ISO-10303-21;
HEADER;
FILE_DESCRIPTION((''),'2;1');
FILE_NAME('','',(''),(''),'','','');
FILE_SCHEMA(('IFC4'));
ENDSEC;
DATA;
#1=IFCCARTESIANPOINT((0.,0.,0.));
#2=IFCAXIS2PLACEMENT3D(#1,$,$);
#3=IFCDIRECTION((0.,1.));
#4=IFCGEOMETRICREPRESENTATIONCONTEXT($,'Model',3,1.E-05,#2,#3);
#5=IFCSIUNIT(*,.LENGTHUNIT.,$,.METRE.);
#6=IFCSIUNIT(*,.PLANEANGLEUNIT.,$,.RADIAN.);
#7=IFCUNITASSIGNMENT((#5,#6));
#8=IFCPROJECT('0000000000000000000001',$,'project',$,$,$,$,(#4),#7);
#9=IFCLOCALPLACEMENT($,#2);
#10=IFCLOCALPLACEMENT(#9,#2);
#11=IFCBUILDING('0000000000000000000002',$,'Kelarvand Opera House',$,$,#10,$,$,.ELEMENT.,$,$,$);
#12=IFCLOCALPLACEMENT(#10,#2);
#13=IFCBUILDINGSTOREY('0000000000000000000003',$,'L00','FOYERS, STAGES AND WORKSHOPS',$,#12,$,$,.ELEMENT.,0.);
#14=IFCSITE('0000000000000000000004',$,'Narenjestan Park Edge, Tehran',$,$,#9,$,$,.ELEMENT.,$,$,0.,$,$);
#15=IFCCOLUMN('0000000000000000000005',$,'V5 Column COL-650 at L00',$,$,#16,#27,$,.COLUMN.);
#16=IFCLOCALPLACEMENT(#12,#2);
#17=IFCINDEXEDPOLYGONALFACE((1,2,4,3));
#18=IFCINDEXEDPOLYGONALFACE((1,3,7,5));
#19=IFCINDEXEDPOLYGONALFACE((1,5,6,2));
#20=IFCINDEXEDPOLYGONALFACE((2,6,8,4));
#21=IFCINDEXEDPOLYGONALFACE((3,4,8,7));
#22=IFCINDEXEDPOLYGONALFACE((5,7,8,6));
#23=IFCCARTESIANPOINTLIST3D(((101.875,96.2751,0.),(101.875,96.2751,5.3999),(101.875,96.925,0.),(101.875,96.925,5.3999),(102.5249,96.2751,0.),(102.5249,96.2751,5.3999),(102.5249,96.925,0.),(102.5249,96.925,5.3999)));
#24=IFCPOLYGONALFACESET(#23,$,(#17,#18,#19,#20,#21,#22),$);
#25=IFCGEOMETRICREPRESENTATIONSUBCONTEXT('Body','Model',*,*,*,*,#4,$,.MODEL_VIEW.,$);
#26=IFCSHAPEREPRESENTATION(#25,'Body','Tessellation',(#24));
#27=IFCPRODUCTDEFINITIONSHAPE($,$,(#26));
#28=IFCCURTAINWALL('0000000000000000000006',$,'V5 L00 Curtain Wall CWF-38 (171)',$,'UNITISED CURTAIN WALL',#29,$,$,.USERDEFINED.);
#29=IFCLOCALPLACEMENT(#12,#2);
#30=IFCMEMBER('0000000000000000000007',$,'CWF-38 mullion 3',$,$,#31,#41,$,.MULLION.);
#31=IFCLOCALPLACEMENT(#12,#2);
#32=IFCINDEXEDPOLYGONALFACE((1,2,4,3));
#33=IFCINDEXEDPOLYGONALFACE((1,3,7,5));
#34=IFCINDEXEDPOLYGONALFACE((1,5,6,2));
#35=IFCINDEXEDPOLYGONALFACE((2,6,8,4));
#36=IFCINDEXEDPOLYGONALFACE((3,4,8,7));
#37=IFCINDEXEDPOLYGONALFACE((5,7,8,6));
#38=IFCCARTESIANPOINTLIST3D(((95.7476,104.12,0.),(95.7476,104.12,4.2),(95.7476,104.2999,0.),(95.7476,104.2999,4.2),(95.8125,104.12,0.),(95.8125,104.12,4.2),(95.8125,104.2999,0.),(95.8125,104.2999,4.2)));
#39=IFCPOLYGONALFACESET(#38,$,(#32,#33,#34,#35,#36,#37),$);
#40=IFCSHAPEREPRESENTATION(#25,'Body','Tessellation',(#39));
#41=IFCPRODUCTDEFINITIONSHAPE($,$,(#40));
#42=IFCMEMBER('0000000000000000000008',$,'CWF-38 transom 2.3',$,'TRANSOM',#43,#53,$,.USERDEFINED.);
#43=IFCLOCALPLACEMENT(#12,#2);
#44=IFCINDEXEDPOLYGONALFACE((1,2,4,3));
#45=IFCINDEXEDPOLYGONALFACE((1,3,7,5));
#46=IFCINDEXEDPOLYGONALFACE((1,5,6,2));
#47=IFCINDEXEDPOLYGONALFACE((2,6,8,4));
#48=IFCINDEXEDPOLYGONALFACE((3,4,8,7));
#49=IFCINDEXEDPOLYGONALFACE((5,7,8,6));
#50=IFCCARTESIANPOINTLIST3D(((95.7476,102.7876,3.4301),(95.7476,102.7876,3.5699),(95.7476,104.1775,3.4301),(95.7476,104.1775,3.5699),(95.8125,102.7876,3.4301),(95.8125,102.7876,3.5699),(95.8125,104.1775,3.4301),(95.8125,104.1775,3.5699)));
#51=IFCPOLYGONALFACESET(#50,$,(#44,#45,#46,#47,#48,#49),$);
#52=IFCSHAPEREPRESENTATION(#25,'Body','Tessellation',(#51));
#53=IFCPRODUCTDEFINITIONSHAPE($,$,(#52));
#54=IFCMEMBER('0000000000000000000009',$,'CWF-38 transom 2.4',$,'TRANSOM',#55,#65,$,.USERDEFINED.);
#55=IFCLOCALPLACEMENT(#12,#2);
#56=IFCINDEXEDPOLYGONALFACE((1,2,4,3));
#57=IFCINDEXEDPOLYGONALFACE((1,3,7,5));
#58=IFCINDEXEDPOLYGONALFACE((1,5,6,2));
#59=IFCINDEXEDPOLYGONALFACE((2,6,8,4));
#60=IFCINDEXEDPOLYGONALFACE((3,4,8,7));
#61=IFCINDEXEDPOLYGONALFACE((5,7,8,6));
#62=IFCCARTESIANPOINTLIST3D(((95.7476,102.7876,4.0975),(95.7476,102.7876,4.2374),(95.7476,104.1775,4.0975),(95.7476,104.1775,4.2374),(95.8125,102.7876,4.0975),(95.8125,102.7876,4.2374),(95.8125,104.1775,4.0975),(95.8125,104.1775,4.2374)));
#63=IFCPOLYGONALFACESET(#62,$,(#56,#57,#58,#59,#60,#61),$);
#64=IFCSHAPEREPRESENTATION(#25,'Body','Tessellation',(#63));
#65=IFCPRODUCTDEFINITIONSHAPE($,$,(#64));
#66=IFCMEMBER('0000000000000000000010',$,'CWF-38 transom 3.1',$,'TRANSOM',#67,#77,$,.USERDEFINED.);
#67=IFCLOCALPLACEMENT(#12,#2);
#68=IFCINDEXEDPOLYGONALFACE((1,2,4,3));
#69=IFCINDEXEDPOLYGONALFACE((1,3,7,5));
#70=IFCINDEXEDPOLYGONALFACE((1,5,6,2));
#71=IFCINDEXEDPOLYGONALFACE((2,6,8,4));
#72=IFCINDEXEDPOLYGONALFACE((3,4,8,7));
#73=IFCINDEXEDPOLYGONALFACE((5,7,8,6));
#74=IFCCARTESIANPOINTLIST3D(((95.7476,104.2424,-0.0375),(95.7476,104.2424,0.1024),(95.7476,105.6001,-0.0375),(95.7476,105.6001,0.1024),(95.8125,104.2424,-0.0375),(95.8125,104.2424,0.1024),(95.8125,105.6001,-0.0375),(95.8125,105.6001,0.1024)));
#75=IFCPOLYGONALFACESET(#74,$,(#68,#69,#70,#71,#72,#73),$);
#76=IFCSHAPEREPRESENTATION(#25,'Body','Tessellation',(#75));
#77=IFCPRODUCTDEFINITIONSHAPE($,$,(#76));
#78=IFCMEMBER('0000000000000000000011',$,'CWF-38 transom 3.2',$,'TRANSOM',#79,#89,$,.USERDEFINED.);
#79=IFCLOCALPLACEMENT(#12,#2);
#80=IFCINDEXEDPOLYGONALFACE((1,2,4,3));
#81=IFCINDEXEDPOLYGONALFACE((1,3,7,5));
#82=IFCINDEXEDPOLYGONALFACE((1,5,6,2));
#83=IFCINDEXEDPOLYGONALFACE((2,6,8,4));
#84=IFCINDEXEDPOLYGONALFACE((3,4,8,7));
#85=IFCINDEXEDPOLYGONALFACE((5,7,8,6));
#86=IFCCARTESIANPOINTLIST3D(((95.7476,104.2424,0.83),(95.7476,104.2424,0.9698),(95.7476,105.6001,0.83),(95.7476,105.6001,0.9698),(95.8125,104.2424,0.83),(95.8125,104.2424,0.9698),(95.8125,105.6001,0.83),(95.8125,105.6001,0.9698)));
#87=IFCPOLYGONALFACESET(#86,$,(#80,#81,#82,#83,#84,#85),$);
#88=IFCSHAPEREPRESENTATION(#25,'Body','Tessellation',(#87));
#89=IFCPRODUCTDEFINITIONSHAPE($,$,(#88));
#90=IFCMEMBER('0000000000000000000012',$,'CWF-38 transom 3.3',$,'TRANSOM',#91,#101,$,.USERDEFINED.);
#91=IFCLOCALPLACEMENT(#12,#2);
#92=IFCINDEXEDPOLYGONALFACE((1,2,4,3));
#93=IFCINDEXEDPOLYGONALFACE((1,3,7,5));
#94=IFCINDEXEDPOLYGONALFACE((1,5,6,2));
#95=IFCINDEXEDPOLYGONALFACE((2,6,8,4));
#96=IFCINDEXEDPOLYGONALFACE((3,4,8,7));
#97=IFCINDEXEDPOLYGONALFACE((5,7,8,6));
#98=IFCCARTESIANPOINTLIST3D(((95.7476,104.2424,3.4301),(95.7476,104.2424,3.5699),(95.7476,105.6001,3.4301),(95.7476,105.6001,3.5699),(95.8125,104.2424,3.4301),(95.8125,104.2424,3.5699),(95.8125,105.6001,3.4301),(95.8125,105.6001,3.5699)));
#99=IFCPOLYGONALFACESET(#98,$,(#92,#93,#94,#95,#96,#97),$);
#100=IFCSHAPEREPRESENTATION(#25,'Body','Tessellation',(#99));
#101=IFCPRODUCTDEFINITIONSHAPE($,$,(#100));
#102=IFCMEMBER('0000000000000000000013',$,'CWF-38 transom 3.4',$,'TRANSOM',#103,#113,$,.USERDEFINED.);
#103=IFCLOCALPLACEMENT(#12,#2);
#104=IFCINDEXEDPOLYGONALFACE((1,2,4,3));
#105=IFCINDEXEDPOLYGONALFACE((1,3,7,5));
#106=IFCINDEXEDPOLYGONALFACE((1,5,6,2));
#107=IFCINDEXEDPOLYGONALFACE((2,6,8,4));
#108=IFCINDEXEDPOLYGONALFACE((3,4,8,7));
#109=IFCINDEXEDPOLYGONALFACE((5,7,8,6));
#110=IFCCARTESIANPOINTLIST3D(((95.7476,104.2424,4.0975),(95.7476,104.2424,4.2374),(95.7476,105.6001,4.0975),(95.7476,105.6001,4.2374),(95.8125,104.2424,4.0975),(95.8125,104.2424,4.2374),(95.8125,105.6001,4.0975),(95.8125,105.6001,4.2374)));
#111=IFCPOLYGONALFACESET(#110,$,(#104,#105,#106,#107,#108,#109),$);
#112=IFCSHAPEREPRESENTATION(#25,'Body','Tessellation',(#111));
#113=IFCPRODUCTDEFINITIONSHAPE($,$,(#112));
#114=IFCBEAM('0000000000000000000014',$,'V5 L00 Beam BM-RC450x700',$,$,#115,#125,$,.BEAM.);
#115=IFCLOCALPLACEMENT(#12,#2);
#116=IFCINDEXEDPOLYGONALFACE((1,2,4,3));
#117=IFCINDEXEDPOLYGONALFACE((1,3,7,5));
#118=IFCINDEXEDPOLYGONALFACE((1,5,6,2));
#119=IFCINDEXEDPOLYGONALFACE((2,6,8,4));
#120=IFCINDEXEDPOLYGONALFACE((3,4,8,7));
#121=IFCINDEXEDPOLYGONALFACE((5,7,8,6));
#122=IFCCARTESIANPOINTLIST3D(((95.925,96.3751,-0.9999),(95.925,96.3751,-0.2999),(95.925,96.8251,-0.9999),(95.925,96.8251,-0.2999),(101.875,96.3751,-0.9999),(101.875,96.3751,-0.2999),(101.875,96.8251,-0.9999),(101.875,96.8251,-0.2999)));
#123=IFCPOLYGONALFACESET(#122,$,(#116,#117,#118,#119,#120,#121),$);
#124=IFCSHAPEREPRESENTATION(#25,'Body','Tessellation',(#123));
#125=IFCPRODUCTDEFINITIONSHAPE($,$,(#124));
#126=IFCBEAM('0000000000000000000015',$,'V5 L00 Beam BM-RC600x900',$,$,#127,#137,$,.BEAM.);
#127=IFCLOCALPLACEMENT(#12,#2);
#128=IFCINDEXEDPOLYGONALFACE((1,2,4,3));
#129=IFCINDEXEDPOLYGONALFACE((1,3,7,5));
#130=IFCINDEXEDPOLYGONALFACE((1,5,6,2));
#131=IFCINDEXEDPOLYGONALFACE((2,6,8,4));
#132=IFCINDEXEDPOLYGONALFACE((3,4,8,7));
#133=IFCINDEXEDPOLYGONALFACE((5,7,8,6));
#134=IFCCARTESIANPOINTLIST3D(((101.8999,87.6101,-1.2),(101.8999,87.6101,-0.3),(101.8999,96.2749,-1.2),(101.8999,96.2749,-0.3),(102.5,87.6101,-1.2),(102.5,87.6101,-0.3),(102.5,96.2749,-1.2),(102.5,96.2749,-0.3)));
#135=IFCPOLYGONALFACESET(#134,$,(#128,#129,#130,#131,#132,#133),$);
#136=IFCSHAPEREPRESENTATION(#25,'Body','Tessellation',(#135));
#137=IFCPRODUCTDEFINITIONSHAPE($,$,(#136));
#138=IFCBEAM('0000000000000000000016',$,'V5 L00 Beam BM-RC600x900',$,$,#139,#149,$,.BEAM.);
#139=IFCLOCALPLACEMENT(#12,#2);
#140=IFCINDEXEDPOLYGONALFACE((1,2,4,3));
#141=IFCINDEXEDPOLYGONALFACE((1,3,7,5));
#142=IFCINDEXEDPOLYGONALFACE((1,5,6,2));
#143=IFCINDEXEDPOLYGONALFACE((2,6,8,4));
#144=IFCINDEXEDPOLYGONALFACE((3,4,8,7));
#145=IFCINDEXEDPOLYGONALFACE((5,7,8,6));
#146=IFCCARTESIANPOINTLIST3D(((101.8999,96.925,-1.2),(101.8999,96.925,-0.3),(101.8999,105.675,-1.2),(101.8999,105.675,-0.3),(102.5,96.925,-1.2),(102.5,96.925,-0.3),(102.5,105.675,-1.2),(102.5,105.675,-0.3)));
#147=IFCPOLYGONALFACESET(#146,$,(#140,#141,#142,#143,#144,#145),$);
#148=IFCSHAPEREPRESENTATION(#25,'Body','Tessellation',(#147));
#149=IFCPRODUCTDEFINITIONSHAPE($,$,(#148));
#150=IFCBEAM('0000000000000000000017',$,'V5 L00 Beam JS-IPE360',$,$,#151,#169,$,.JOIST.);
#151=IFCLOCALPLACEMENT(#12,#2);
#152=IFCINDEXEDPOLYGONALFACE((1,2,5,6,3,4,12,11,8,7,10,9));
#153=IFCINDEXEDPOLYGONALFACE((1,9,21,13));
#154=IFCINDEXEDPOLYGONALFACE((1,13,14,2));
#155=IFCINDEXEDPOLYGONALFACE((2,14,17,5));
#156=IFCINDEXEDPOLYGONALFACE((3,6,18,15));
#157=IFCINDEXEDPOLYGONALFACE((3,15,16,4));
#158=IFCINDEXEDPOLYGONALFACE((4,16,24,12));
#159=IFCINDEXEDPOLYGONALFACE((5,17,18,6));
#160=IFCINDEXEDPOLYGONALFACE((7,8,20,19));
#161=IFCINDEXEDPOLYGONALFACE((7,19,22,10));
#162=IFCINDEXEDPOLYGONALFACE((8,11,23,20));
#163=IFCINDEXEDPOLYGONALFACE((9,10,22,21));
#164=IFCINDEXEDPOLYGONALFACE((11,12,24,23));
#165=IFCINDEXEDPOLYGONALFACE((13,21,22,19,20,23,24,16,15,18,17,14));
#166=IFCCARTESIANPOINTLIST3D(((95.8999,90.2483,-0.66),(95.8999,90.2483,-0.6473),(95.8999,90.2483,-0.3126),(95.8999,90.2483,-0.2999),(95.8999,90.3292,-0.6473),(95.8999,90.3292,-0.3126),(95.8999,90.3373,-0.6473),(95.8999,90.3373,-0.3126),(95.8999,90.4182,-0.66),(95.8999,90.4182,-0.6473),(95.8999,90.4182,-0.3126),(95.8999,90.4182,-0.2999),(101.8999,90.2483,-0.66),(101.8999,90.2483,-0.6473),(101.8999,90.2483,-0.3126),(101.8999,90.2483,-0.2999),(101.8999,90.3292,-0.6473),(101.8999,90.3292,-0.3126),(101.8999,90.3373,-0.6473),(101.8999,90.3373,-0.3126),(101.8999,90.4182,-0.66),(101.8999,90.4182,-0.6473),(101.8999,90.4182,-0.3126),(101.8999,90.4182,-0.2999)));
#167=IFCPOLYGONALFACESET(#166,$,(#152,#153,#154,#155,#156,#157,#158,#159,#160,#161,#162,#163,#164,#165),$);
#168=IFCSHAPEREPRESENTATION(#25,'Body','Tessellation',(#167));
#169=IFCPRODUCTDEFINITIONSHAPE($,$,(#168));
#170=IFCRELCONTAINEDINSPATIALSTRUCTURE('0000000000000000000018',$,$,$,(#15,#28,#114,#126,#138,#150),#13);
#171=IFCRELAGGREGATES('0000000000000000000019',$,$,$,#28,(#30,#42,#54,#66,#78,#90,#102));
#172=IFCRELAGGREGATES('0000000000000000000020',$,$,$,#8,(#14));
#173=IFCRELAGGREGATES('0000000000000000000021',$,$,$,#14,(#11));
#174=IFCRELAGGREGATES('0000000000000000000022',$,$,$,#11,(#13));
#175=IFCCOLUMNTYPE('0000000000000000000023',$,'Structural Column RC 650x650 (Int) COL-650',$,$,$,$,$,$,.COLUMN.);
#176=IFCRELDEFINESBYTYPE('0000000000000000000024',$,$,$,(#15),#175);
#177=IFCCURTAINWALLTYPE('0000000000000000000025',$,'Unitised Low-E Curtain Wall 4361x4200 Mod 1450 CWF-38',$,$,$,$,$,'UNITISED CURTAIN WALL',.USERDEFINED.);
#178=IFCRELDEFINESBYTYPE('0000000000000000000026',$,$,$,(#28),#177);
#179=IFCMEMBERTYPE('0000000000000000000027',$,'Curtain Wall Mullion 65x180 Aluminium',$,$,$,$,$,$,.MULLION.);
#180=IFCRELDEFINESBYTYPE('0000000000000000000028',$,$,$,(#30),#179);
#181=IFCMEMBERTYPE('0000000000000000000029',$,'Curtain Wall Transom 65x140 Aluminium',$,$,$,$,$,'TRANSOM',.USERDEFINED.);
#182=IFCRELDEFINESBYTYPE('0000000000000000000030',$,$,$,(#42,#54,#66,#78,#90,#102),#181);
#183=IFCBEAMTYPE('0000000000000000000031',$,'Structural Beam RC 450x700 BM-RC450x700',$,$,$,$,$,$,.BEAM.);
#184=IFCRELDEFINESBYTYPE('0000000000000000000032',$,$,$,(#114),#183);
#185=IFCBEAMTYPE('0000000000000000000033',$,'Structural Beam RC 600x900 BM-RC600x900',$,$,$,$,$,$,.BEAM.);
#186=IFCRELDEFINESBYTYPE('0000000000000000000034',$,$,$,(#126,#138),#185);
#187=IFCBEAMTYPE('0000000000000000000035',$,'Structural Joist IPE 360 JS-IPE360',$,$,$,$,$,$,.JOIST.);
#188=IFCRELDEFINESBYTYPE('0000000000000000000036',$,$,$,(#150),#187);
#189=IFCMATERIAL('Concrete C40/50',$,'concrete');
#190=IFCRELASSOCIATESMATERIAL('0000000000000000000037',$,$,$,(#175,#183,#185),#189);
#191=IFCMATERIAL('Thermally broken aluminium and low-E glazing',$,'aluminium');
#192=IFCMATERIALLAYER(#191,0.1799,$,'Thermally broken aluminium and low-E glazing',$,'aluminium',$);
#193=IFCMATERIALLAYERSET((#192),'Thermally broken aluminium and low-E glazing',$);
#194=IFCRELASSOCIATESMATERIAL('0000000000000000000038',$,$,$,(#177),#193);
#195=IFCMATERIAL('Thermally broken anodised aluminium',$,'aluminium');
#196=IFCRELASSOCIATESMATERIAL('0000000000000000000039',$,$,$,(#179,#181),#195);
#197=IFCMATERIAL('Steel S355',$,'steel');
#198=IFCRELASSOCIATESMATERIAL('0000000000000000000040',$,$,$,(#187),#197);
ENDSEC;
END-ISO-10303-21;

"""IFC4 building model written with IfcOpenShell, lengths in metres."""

from ifc_helpers import new_model, si_unit, direction, frame, origin, origin_2d, place, context, subcontext, project, spatial, rectangle, i_section, extrude, material, layer, layer_set, material_profile, profile_set, type_object, element, aggregate, save


model = new_model("IFC4")

# Units and contexts
model_context = context("Model", 3, precision=1e-05, world=origin(), true_north=direction((0.0, 1.0)))
body_context = subcontext(model_context, "Body", "Model", "MODEL_VIEW")
ifc_project = project(units=[si_unit("LENGTHUNIT", "METRE"), si_unit("PLANEANGLEUNIT", "RADIAN")], contexts=[model_context])

# Site, building, storey
site_placement = place(None, origin())
site = spatial("IfcSite", under=ifc_project, at=site_placement, Name="Narenjestan Park Edge, Tehran", CompositionType="ELEMENT", RefElevation=0.0)
building_placement = place(site_placement, origin())
building = spatial("IfcBuilding", under=site, at=building_placement, Name="Kelarvand Opera House", CompositionType="ELEMENT")
storey_placement = place(building_placement, origin())
storey = spatial("IfcBuildingStorey", under=building, at=storey_placement, Name="L00", Description="FOYERS, STAGES AND WORKSHOPS", CompositionType="ELEMENT", Elevation=0.0)

# Column
ifc_material_1 = material(Name="Concrete C40/50", Category="concrete")
ifc_material_profile_1 = material_profile(ifc_material_1, rectangle(XDim=0.6499, YDim=0.6499, at=origin_2d()), Name="RC 650x650", Category="concrete")
ifc_profile_set_1 = profile_set([ifc_material_profile_1], Name="Concrete C40/50")
column_type = type_object("IfcColumnType", Name="Structural Column RC 650x650 (Int) COL-650", PredefinedType="COLUMN", material=ifc_profile_set_1)
column_placement = place(storey_placement, frame((102.2, 96.6001, 0.0), z_axis=(0.0, 0.0, 1.0), x_axis=(1.0, 0.0, 0.0)))
element("IfcColumn", 1, at=column_placement, inside=storey, type_object=column_type, Name="V5 Column COL-650 at L00", PredefinedType="COLUMN", context=body_context, shape_type="SweptSolid", body=[
    extrude(rectangle(XDim=0.6499, YDim=0.6499, at=origin_2d()), origin(), (0.0, 0.0, 1.0), 5.3999),
])

# Curtain wall, members
ifc_material_2 = material(Name="Thermally broken aluminium and low-E glazing", Category="aluminium")
ifc_layer_1 = layer(ifc_material_2, 0.1799, Name="Thermally broken aluminium and low-E glazing", Category="aluminium")
ifc_layer_set_1 = layer_set([ifc_layer_1], Name="Thermally broken aluminium and low-E glazing")
curtain_wall_type = type_object("IfcCurtainWallType", Name="Unitised Low-E Curtain Wall 4361x4200 Mod 1450 CWF-38", ElementType="UNITISED CURTAIN WALL", PredefinedType="USERDEFINED", material=ifc_layer_set_1)
curtain_wall_placement = place(storey_placement, origin())
curtain_wall = element("IfcCurtainWall", 2, at=curtain_wall_placement, inside=storey, type_object=curtain_wall_type, Name="V5 L00 Curtain Wall CWF-38 (171)", ObjectType="UNITISED CURTAIN WALL", PredefinedType="USERDEFINED")
ifc_material_3 = material(Name="Thermally broken anodised aluminium", Category="aluminium")
ifc_material_profile_2 = material_profile(ifc_material_3, rectangle(XDim=0.0649, YDim=0.1799, at=origin_2d()), Name="ALU MULLION 65x180", Category="aluminium")
ifc_profile_set_2 = profile_set([ifc_material_profile_2], Name="Thermally broken anodised aluminium")
member_type_1 = type_object("IfcMemberType", Name="Curtain Wall Mullion 65x180 Aluminium", PredefinedType="MULLION", material=ifc_profile_set_2)
member_1_placement = place(storey_placement, frame((95.78, 104.21, 0.0), z_axis=(0.0, 0.0, 1.0), x_axis=(-1.0, 0.0, 0.0)))
member_1 = element("IfcMember", 3, at=member_1_placement, type_object=member_type_1, Name="CWF-38 mullion 3", PredefinedType="MULLION", context=body_context, shape_type="SweptSolid", body=[
    extrude(rectangle(XDim=0.0649, YDim=0.1799, at=origin_2d()), origin(), (0.0, 0.0, 1.0), 4.2),
])
ifc_material_profile_3 = material_profile(ifc_material_3, rectangle(XDim=0.0649, YDim=0.1399, at=origin_2d()), Name="ALU TRANSOM 65x140", Category="aluminium")
ifc_profile_set_3 = profile_set([ifc_material_profile_3], Name="Thermally broken anodised aluminium")
member_type_2 = type_object("IfcMemberType", Name="Curtain Wall Transom 65x140 Aluminium", ElementType="TRANSOM", PredefinedType="USERDEFINED", material=ifc_profile_set_3)
member_2_placement = place(storey_placement, frame((95.78, 102.7876, 3.5), z_axis=(0.0, 1.0, 0.0), x_axis=(-1.0, 0.0, 0.0)))
member_2 = element("IfcMember", 4, at=member_2_placement, type_object=member_type_2, Name="CWF-38 transom 2.3", ObjectType="TRANSOM", PredefinedType="USERDEFINED", context=body_context, shape_type="SweptSolid", body=[
    extrude(rectangle(XDim=0.0649, YDim=0.1399, at=origin_2d()), origin(), (0.0, 0.0, 1.0), 1.3899),
])
member_3_placement = place(storey_placement, frame((95.78, 102.7876, 4.1675), z_axis=(0.0, 1.0, 0.0), x_axis=(-1.0, 0.0, 0.0)))
member_3 = element("IfcMember", 5, at=member_3_placement, type_object=member_type_2, Name="CWF-38 transom 2.4", ObjectType="TRANSOM", PredefinedType="USERDEFINED", context=body_context, shape_type="SweptSolid", body=[
    extrude(rectangle(XDim=0.0649, YDim=0.1399, at=origin_2d()), origin(), (0.0, 0.0, 1.0), 1.3899),
])
member_4_placement = place(storey_placement, frame((95.78, 104.2424, 0.0325), z_axis=(0.0, 1.0, 0.0), x_axis=(-1.0, 0.0, 0.0)))
member_4 = element("IfcMember", 6, at=member_4_placement, type_object=member_type_2, Name="CWF-38 transom 3.1", ObjectType="TRANSOM", PredefinedType="USERDEFINED", context=body_context, shape_type="SweptSolid", body=[
    extrude(rectangle(XDim=0.0649, YDim=0.1399, at=origin_2d()), origin(), (0.0, 0.0, 1.0), 1.3577),
])
member_5_placement = place(storey_placement, frame((95.78, 104.2424, 0.8999), z_axis=(0.0, 1.0, 0.0), x_axis=(-1.0, 0.0, 0.0)))
member_5 = element("IfcMember", 7, at=member_5_placement, type_object=member_type_2, Name="CWF-38 transom 3.2", ObjectType="TRANSOM", PredefinedType="USERDEFINED", context=body_context, shape_type="SweptSolid", body=[
    extrude(rectangle(XDim=0.0649, YDim=0.1399, at=origin_2d()), origin(), (0.0, 0.0, 1.0), 1.3577),
])
member_6_placement = place(storey_placement, frame((95.78, 104.2424, 3.5), z_axis=(0.0, 1.0, 0.0), x_axis=(-1.0, 0.0, 0.0)))
member_6 = element("IfcMember", 8, at=member_6_placement, type_object=member_type_2, Name="CWF-38 transom 3.3", ObjectType="TRANSOM", PredefinedType="USERDEFINED", context=body_context, shape_type="SweptSolid", body=[
    extrude(rectangle(XDim=0.0649, YDim=0.1399, at=origin_2d()), origin(), (0.0, 0.0, 1.0), 1.3577),
])
member_7_placement = place(storey_placement, frame((95.78, 104.2424, 4.1675), z_axis=(0.0, 1.0, 0.0), x_axis=(-1.0, 0.0, 0.0)))
member_7 = element("IfcMember", 9, at=member_7_placement, type_object=member_type_2, Name="CWF-38 transom 3.4", ObjectType="TRANSOM", PredefinedType="USERDEFINED", context=body_context, shape_type="SweptSolid", body=[
    extrude(rectangle(XDim=0.0649, YDim=0.1399, at=origin_2d()), origin(), (0.0, 0.0, 1.0), 1.3577),
])

# Beams
ifc_material_profile_4 = material_profile(ifc_material_1, rectangle(XDim=0.45, YDim=0.7, at=origin_2d()), Name="RC 450x700", Category="concrete")
ifc_profile_set_4 = profile_set([ifc_material_profile_4], Name="Concrete C40/50")
beam_type_1 = type_object("IfcBeamType", Name="Structural Beam RC 450x700 BM-RC450x700", PredefinedType="BEAM", material=ifc_profile_set_4)
beam_1_placement = place(storey_placement, frame((95.925, 96.6001, -0.6499), z_axis=(1.0, 0.0, 0.0), x_axis=(0.0, 1.0, 0.0)))
element("IfcBeam", 10, at=beam_1_placement, inside=storey, type_object=beam_type_1, Name="V5 L00 Beam BM-RC450x700", PredefinedType="BEAM", context=body_context, shape_type="SweptSolid", body=[
    extrude(rectangle(XDim=0.45, YDim=0.7, at=origin_2d()), origin(), (0.0, 0.0, 1.0), 5.95),
])
ifc_material_profile_5 = material_profile(ifc_material_1, rectangle(XDim=0.6001, YDim=0.8999, at=origin_2d()), Name="RC 600x900", Category="concrete")
ifc_profile_set_5 = profile_set([ifc_material_profile_5], Name="Concrete C40/50")
beam_type_2 = type_object("IfcBeamType", Name="Structural Beam RC 600x900 BM-RC600x900", PredefinedType="BEAM", material=ifc_profile_set_5)
beam_2_placement = place(storey_placement, frame((102.2, 87.6101, -0.75), z_axis=(0.0, 1.0, 0.0), x_axis=(-1.0, 0.0, 0.0)))
element("IfcBeam", 11, at=beam_2_placement, inside=storey, type_object=beam_type_2, Name="V5 L00 Beam BM-RC600x900", PredefinedType="BEAM", context=body_context, shape_type="SweptSolid", body=[
    extrude(rectangle(XDim=0.6001, YDim=0.8999, at=origin_2d()), origin(), (0.0, 0.0, 1.0), 8.6648),
])
beam_3_placement = place(storey_placement, frame((102.2, 96.925, -0.75), z_axis=(0.0, 1.0, 0.0), x_axis=(-1.0, 0.0, 0.0)))
element("IfcBeam", 12, at=beam_3_placement, inside=storey, type_object=beam_type_2, Name="V5 L00 Beam BM-RC600x900", PredefinedType="BEAM", context=body_context, shape_type="SweptSolid", body=[
    extrude(rectangle(XDim=0.6001, YDim=0.8999, at=origin_2d()), origin(), (0.0, 0.0, 1.0), 8.75),
])
ifc_material_4 = material(Name="Steel S355", Category="steel")
ifc_material_profile_6 = material_profile(ifc_material_4, i_section(OverallWidth=0.1699, OverallDepth=0.3601, WebThickness=0.0081, FlangeThickness=0.0127, at=origin_2d()), Name="IPE 360", Category="steel")
ifc_profile_set_6 = profile_set([ifc_material_profile_6], Name="Steel S355")
beam_type_3 = type_object("IfcBeamType", Name="Structural Joist IPE 360 JS-IPE360", PredefinedType="JOIST", material=ifc_profile_set_6)
for number, where, z_axis, x_axis, name in (
    (13, (95.8999, 90.3333, -0.48), (1.0, 0.0, 0.0), (0.0, 1.0, 0.0), "V5 L00 Beam JS-IPE360"),
):
    element("IfcBeam", number, at=place(storey_placement, frame(where, z_axis=z_axis, x_axis=x_axis)), inside=storey, type_object=beam_type_3, Name=name, PredefinedType="JOIST", context=body_context, shape_type="SweptSolid", body=[
        extrude(i_section(OverallWidth=0.1699, OverallDepth=0.3601, WebThickness=0.0081, FlangeThickness=0.0127, at=origin_2d()), origin(), (0.0, 0.0, 1.0), 6.0),
    ])

aggregate(curtain_wall, [member_1, member_2, member_3, member_4, member_5, member_6, member_7])

save(model, "model.ifc")
